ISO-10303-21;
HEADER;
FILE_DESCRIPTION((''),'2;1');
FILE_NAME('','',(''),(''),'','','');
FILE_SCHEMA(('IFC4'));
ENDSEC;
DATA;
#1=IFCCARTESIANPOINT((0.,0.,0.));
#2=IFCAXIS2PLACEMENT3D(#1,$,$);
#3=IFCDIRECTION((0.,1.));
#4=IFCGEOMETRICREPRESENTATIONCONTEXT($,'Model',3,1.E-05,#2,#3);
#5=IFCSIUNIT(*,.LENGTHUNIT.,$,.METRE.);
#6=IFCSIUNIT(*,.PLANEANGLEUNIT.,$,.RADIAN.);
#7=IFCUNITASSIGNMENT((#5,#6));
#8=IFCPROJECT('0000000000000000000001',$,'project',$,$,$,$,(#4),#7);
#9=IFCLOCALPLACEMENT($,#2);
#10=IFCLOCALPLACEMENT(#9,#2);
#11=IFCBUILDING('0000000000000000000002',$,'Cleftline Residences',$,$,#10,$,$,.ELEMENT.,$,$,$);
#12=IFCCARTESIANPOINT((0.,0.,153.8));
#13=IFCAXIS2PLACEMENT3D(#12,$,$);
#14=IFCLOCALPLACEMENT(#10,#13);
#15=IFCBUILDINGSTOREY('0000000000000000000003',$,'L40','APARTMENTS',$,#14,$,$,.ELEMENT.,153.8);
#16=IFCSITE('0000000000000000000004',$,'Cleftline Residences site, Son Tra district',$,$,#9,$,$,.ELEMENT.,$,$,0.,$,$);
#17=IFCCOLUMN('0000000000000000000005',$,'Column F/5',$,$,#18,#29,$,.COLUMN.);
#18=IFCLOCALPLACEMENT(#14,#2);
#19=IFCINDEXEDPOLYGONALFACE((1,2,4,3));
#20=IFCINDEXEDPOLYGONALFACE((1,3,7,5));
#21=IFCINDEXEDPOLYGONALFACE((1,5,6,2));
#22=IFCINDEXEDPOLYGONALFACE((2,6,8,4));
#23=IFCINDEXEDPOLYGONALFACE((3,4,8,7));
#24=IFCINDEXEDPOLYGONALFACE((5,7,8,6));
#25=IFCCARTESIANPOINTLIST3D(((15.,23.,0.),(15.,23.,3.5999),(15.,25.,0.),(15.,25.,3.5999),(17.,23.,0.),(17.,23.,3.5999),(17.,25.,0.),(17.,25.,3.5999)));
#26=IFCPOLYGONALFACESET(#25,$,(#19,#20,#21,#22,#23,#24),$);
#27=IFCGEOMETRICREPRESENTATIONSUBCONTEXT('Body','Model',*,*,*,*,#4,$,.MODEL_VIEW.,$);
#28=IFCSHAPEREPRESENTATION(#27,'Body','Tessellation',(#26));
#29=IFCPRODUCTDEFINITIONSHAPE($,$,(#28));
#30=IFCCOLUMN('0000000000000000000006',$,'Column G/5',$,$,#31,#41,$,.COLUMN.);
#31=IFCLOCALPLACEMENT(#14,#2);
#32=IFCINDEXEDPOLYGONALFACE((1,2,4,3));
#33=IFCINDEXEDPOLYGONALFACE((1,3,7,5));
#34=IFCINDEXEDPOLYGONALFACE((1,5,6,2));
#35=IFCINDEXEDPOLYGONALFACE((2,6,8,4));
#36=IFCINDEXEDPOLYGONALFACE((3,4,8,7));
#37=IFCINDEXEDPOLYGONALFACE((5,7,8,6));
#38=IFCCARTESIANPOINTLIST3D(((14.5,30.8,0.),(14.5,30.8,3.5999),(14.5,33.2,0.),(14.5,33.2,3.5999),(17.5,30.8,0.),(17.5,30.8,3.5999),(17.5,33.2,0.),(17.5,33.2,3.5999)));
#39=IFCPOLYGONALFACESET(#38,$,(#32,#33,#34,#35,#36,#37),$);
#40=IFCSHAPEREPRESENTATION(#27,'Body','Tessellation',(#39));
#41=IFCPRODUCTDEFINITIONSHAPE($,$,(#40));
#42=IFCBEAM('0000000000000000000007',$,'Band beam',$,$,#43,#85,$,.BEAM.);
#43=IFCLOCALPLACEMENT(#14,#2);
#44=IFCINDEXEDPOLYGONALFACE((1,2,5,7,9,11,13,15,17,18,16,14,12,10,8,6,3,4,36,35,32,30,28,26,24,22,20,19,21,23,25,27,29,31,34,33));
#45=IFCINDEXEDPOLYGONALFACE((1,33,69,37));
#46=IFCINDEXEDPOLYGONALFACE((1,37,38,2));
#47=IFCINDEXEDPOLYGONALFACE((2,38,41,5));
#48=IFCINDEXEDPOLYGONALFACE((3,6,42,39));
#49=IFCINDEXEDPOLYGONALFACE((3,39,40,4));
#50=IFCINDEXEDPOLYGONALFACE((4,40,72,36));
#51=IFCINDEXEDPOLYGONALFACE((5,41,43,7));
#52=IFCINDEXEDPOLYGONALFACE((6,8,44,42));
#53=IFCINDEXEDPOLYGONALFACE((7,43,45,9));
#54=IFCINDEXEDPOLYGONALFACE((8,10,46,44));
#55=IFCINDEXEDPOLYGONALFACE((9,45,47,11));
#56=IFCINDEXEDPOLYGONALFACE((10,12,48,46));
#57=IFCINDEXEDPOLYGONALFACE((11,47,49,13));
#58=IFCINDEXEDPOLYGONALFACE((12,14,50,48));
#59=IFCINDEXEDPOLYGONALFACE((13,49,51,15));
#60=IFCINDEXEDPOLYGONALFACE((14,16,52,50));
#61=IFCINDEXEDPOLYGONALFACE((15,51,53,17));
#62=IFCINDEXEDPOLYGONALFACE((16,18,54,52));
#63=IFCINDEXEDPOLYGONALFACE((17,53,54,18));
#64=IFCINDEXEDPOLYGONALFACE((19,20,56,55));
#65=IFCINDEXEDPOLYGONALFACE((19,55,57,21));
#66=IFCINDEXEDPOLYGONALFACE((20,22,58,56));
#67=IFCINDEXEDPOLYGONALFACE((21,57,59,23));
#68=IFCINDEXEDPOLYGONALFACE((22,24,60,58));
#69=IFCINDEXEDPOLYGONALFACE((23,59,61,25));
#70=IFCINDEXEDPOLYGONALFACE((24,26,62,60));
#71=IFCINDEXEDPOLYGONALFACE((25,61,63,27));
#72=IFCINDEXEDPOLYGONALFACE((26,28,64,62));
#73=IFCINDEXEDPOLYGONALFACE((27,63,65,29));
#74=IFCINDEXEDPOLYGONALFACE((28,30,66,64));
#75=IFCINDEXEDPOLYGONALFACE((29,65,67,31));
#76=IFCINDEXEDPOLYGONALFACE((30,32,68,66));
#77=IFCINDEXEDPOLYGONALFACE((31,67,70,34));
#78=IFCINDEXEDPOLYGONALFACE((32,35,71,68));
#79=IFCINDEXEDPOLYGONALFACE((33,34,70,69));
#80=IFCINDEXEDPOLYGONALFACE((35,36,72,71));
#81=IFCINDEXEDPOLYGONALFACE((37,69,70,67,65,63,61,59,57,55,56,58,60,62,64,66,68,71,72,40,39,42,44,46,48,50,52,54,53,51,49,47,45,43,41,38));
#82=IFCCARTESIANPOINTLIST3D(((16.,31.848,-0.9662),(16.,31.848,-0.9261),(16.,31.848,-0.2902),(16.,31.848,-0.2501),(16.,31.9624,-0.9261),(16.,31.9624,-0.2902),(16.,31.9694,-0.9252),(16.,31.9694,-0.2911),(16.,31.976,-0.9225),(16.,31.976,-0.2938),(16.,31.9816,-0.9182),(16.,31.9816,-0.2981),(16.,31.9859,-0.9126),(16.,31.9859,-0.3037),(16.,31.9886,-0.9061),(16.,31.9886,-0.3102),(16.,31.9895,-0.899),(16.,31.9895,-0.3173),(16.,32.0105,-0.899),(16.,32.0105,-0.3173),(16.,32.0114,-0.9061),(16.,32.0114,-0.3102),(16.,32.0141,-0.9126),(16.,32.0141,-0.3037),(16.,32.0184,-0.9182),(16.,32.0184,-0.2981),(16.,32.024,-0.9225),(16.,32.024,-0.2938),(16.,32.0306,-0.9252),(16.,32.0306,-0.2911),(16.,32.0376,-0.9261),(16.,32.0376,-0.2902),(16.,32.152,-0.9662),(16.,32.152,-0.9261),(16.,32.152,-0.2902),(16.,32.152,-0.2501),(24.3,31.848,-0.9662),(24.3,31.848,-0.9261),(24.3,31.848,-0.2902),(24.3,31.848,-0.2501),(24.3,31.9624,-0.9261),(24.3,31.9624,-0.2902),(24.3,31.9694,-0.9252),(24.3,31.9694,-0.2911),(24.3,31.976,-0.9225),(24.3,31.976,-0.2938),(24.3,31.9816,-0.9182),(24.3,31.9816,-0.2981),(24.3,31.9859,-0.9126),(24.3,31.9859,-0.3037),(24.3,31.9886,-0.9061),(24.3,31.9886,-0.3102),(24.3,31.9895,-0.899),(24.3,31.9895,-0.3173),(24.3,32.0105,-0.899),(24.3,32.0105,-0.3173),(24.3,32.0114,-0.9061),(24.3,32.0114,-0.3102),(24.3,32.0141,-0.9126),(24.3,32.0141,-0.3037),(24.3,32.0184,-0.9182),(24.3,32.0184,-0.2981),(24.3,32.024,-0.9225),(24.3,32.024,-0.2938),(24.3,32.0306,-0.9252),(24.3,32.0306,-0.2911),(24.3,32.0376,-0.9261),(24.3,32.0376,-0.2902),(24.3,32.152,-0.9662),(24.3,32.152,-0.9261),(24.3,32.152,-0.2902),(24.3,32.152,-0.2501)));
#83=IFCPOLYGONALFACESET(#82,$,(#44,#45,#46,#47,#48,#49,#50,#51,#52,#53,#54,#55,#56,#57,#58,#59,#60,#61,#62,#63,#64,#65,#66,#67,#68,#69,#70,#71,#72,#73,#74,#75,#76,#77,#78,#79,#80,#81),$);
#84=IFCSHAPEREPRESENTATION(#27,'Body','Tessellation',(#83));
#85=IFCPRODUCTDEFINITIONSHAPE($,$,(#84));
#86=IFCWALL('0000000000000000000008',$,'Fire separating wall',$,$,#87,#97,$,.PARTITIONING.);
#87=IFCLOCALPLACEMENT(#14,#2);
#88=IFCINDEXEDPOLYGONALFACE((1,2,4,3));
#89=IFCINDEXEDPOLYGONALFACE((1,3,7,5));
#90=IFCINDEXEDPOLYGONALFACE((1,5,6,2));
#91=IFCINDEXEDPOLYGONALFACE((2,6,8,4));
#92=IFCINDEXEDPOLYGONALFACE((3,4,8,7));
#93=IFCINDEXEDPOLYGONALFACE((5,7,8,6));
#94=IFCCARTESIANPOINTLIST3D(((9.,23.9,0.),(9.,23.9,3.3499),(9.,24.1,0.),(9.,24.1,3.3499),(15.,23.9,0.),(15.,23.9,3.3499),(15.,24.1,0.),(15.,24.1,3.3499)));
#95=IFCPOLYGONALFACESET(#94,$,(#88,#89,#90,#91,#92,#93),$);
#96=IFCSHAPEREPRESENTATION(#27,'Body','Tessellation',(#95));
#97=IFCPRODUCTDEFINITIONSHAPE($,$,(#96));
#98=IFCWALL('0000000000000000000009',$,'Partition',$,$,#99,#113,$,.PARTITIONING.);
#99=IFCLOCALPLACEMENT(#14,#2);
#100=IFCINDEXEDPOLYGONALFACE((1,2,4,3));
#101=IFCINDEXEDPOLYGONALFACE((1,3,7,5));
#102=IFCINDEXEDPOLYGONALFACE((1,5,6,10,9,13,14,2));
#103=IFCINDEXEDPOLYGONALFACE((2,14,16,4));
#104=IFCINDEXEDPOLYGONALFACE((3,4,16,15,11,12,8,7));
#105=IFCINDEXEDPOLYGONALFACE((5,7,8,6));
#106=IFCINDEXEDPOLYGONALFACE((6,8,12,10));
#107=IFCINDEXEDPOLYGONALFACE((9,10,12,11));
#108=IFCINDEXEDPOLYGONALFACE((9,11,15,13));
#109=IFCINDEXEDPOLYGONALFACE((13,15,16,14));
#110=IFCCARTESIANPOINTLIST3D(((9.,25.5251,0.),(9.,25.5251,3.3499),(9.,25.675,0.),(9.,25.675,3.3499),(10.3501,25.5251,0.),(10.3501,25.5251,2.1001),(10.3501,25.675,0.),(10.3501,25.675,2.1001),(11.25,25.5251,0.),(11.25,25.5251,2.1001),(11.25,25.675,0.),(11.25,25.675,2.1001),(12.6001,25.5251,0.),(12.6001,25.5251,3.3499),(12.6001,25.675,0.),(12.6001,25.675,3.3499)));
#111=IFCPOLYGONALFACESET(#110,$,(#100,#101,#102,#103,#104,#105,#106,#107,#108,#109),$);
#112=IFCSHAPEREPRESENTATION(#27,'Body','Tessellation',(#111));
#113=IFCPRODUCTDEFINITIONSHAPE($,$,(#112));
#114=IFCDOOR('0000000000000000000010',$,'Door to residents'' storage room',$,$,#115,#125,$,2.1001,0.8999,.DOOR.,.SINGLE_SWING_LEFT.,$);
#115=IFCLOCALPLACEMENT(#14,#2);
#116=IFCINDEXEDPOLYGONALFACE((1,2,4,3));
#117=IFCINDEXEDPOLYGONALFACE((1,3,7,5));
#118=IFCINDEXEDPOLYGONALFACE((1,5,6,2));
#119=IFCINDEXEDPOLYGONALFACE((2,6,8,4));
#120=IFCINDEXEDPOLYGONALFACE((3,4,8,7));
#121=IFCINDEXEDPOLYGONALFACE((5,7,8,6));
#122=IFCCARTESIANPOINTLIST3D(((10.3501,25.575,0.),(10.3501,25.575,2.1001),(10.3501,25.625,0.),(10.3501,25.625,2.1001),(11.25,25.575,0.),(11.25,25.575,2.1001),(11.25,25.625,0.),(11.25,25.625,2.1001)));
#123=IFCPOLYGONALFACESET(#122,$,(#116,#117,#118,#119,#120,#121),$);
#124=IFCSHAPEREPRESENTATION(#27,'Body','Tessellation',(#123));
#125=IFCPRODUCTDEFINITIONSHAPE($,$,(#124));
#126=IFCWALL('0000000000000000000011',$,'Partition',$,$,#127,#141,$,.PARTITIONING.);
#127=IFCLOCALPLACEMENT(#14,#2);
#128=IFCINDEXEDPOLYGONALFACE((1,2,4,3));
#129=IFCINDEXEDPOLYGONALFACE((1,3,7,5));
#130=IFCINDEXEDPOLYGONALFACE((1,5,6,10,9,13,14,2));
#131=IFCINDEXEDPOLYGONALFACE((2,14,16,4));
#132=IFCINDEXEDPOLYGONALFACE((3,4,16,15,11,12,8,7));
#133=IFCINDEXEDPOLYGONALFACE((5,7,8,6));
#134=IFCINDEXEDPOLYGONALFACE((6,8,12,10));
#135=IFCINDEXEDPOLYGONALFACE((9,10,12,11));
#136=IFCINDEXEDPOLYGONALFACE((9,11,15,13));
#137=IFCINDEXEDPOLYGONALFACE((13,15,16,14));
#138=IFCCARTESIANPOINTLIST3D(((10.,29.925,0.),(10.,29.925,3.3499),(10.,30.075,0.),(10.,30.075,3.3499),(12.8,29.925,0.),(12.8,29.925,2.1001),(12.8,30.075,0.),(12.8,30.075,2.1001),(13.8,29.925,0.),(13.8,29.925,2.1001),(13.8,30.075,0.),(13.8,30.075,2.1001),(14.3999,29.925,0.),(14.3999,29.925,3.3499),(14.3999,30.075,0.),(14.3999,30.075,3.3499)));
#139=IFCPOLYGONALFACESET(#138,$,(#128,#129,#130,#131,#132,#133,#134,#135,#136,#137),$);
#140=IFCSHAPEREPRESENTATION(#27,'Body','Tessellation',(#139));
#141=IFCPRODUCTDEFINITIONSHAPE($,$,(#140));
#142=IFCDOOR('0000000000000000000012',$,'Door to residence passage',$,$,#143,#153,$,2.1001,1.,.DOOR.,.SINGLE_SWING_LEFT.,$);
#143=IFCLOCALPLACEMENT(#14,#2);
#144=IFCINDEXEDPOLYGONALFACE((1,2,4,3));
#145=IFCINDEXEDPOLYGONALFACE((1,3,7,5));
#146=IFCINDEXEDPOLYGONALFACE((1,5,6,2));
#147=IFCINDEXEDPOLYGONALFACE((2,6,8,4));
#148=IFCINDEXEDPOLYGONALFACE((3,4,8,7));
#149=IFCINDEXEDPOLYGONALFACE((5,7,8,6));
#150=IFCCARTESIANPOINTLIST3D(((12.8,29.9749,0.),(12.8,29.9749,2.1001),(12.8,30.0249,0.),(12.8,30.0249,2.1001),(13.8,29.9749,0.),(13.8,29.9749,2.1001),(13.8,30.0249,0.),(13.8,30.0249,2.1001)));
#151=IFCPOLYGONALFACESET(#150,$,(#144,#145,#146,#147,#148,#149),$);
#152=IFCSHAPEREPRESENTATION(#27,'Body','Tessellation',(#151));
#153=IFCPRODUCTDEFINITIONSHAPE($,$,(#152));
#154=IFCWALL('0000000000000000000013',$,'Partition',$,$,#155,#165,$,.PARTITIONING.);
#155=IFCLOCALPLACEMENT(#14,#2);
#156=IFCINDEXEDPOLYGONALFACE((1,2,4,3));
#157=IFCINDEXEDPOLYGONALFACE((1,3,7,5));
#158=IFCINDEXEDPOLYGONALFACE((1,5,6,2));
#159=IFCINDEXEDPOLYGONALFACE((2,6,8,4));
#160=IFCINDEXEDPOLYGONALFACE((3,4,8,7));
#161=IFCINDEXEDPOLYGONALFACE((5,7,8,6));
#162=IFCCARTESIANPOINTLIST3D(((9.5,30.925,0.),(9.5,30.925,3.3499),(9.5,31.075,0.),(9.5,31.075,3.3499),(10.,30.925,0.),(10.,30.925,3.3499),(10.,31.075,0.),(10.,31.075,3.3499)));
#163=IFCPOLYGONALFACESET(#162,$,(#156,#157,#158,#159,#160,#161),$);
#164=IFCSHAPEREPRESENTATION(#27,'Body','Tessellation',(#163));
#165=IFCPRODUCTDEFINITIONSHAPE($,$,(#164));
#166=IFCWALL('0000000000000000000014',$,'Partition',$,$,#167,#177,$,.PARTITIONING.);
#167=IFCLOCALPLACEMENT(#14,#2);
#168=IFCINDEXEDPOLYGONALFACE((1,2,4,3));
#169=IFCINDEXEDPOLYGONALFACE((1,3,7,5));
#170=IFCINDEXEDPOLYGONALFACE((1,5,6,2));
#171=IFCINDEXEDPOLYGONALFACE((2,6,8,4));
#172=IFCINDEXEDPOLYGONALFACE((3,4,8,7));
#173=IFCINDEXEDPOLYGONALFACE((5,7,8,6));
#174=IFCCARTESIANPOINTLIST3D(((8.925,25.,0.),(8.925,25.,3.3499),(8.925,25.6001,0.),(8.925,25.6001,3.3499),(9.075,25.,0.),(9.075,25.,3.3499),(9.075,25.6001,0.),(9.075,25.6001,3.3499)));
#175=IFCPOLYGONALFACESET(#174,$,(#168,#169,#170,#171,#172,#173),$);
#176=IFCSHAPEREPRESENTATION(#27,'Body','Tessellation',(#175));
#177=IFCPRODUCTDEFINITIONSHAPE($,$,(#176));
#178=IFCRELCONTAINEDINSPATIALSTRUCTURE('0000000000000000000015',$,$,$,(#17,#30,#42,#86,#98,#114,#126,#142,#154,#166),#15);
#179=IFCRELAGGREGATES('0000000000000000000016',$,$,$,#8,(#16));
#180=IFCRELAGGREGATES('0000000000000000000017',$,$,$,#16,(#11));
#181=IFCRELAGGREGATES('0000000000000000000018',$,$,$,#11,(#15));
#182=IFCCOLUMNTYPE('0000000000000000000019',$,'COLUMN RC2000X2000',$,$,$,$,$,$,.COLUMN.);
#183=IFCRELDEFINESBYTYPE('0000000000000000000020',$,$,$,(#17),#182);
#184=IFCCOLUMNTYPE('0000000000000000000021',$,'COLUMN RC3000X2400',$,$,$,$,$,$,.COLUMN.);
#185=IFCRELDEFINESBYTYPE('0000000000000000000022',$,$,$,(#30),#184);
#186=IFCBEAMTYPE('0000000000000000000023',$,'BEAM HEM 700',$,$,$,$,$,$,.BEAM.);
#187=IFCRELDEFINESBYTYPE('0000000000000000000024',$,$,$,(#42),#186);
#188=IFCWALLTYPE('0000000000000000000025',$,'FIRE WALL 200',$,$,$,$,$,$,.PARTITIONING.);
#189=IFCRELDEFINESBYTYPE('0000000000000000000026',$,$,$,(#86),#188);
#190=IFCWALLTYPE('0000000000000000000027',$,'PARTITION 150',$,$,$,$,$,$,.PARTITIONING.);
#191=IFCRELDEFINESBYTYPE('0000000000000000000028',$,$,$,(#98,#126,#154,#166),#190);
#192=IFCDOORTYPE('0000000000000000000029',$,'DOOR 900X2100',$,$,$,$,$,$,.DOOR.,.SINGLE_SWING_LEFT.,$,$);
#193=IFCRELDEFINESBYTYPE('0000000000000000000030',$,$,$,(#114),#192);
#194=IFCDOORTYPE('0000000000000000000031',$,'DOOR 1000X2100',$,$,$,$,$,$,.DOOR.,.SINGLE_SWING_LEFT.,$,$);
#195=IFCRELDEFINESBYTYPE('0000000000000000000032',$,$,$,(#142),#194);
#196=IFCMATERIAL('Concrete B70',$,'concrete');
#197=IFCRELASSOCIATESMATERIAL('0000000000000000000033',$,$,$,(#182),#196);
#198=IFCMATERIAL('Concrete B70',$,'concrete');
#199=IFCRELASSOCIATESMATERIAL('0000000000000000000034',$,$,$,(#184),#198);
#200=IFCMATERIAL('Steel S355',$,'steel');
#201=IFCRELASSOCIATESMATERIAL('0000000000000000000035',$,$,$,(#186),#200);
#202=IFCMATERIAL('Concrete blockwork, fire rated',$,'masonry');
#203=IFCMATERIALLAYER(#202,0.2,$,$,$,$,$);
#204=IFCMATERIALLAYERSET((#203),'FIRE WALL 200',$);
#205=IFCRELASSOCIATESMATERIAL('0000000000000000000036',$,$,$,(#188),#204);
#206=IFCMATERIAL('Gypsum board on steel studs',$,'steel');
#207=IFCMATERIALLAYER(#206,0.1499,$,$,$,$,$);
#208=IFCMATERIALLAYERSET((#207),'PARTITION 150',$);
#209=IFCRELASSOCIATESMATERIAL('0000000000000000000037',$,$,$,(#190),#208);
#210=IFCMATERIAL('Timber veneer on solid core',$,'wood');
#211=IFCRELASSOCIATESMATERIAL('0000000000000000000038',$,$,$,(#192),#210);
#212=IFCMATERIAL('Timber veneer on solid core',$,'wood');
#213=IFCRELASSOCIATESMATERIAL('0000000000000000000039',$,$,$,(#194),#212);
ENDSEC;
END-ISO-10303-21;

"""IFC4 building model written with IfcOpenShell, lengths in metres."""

from ifc_helpers import new_model, si_unit, direction, frame, frame_2d, origin, origin_2d, place, context, subcontext, project, spatial, rectangle, i_section, extrude, material, layer, layer_set, material_profile, profile_set, type_object, element, fill, save


model = new_model("IFC4")

# Units and contexts
model_context = context("Model", 3, precision=1e-05, world=origin(), true_north=direction((0.0, 1.0)))
body_context = subcontext(model_context, "Body", "Model", "MODEL_VIEW")
ifc_project = project(units=[si_unit("LENGTHUNIT", "METRE"), si_unit("PLANEANGLEUNIT", "RADIAN")], contexts=[model_context])

# Site, building, storey
site_placement = place(None, origin())
site = spatial("IfcSite", under=ifc_project, at=site_placement, Name="Cleftline Residences site, Son Tra district", CompositionType="ELEMENT", RefElevation=0.0)
building_placement = place(site_placement, origin())
building = spatial("IfcBuilding", under=site, at=building_placement, Name="Cleftline Residences", CompositionType="ELEMENT")
storey_placement = place(building_placement, frame((0.0, 0.0, 153.8)))
storey = spatial("IfcBuildingStorey", under=building, at=storey_placement, Name="L40", Description="APARTMENTS", CompositionType="ELEMENT", Elevation=153.8)

# Columns
ifc_material_1 = material(Name="Concrete B70", Category="concrete")
ifc_material_profile_1 = material_profile(ifc_material_1, rectangle(XDim=2.0, YDim=2.0, at=origin_2d()))
ifc_profile_set_1 = profile_set([ifc_material_profile_1], Name="Concrete B70")
column_type_1 = type_object("IfcColumnType", Name="COLUMN RC2000X2000", PredefinedType="COLUMN", material=ifc_profile_set_1)
column_1_placement = place(storey_placement, frame((16.0, 24.0, 0.0), z_axis=(0.0, 0.0, 1.0), x_axis=(1.0, 0.0, 0.0)))
element("IfcColumn", 1, at=column_1_placement, inside=storey, type_object=column_type_1, Name="Column F/5", PredefinedType="COLUMN", context=body_context, shape_type="SweptSolid", body=[
    extrude(rectangle(XDim=2.0, YDim=2.0, at=origin_2d()), origin(), (0.0, 0.0, 1.0), 3.5999),
])
ifc_material_2 = material(Name="Concrete B70", Category="concrete")
ifc_material_profile_2 = material_profile(ifc_material_2, rectangle(XDim=3.0, YDim=2.3999, at=origin_2d()))
ifc_profile_set_2 = profile_set([ifc_material_profile_2], Name="Concrete B70")
column_type_2 = type_object("IfcColumnType", Name="COLUMN RC3000X2400", PredefinedType="COLUMN", material=ifc_profile_set_2)
column_2_placement = place(storey_placement, frame((16.0, 32.0, 0.0), z_axis=(0.0, 0.0, 1.0), x_axis=(1.0, 0.0, 0.0)))
element("IfcColumn", 2, at=column_2_placement, inside=storey, type_object=column_type_2, Name="Column G/5", PredefinedType="COLUMN", context=body_context, shape_type="SweptSolid", body=[
    extrude(rectangle(XDim=3.0, YDim=2.3999, at=origin_2d()), origin(), (0.0, 0.0, 1.0), 3.5999),
])

# Beam
ifc_material_3 = material(Name="Steel S355", Category="steel")
ifc_material_profile_3 = material_profile(ifc_material_3, i_section(OverallWidth=0.304, OverallDepth=0.7161, WebThickness=0.021, FlangeThickness=0.04, FilletRadius=0.0271, at=origin_2d()))
ifc_profile_set_3 = profile_set([ifc_material_profile_3], Name="Steel S355")
beam_type = type_object("IfcBeamType", Name="BEAM HEM 700", PredefinedType="BEAM", material=ifc_profile_set_3)
beam_placement = place(storey_placement, frame((16.0, 32.0, -0.6082), z_axis=(1.0, 0.0, 0.0), x_axis=(0.0, 1.0, 0.0)))
element("IfcBeam", 3, at=beam_placement, inside=storey, type_object=beam_type, Name="Band beam", PredefinedType="BEAM", context=body_context, shape_type="SweptSolid", body=[
    extrude(i_section(OverallWidth=0.304, OverallDepth=0.7161, WebThickness=0.021, FlangeThickness=0.04, FilletRadius=0.0271, at=origin_2d()), origin(), (0.0, 0.0, 1.0), 8.3),
])

# Wall
ifc_material_4 = material(Name="Concrete blockwork, fire rated", Category="masonry")
ifc_layer_1 = layer(ifc_material_4, 0.2)
ifc_layer_set_1 = layer_set([ifc_layer_1], Name="FIRE WALL 200")
wall_type_1 = type_object("IfcWallType", Name="FIRE WALL 200", PredefinedType="PARTITIONING", material=ifc_layer_set_1)
wall_1_placement = place(storey_placement, frame((9.0, 24.0, 0.0), z_axis=(0.0, 0.0, 1.0), x_axis=(1.0, 0.0, 0.0)))
element("IfcWall", 4, at=wall_1_placement, inside=storey, type_object=wall_type_1, Name="Fire separating wall", PredefinedType="PARTITIONING", context=body_context, shape_type="SweptSolid", body=[
    extrude(rectangle(XDim=6.0, YDim=0.2, at=frame_2d((3.0, 0.0))), origin(), (0.0, 0.0, 1.0), 3.3499),
])

# Walls, openings, doors
ifc_material_5 = material(Name="Gypsum board on steel studs", Category="steel")
ifc_layer_2 = layer(ifc_material_5, 0.1499)
ifc_layer_set_2 = layer_set([ifc_layer_2], Name="PARTITION 150")
wall_type_2 = type_object("IfcWallType", Name="PARTITION 150", PredefinedType="PARTITIONING", material=ifc_layer_set_2)
wall_2_placement = place(storey_placement, frame((9.0, 25.6001, 0.0), z_axis=(0.0, 0.0, 1.0), x_axis=(1.0, 0.0, 0.0)))
wall_2 = element("IfcWall", 5, at=wall_2_placement, inside=storey, type_object=wall_type_2, Name="Partition", PredefinedType="PARTITIONING", context=body_context, shape_type="SweptSolid", body=[
    extrude(rectangle(XDim=3.6001, YDim=0.1499, at=frame_2d((1.8, 0.0))), origin(), (0.0, 0.0, 1.0), 3.3499),
])
opening_1_placement = place(wall_2_placement, frame((1.3501, 0.0, 0.0)))
opening_1 = element("IfcOpeningElement", 6, at=opening_1_placement, cuts=wall_2, PredefinedType="OPENING", context=body_context, shape_type="SweptSolid", body=[
    extrude(rectangle(XDim=0.8999, YDim=2.1001, at=frame_2d((0.45, 1.05))), frame((0.0, 0.085, 0.0), z_axis=(0.0, -1.0, 0.0), x_axis=(1.0, 0.0, 0.0)), (0.0, 0.0, 1.0), 0.1699),
])
ifc_material_6 = material(Name="Timber veneer on solid core", Category="wood")
door_type_1 = type_object("IfcDoorType", Name="DOOR 900X2100", OperationType="SINGLE_SWING_LEFT", PredefinedType="DOOR", material=ifc_material_6)
door_1_placement = place(opening_1_placement, origin())
door_1 = element("IfcDoor", 7, at=door_1_placement, inside=storey, type_object=door_type_1, Name="Door to residents' storage room", OperationType="SINGLE_SWING_LEFT", OverallHeight=2.1001, OverallWidth=0.8999, PredefinedType="DOOR", context=body_context, shape_type="SweptSolid", body=[
    extrude(rectangle(XDim=0.8999, YDim=2.1001, at=frame_2d((0.45, 1.05))), frame((0.0, 0.0249, 0.0), z_axis=(0.0, -1.0, 0.0), x_axis=(1.0, 0.0, 0.0)), (0.0, 0.0, 1.0), 0.05),
])
fill(opening_1, door_1)
wall_3_placement = place(storey_placement, frame((10.0, 30.0, 0.0), z_axis=(0.0, 0.0, 1.0), x_axis=(1.0, 0.0, 0.0)))
wall_3 = element("IfcWall", 8, at=wall_3_placement, inside=storey, type_object=wall_type_2, Name="Partition", PredefinedType="PARTITIONING", context=body_context, shape_type="SweptSolid", body=[
    extrude(rectangle(XDim=4.3999, YDim=0.1499, at=frame_2d((2.2, 0.0))), origin(), (0.0, 0.0, 1.0), 3.3499),
])
opening_2_placement = place(wall_3_placement, frame((2.8, 0.0, 0.0)))
opening_2 = element("IfcOpeningElement", 9, at=opening_2_placement, cuts=wall_3, PredefinedType="OPENING", context=body_context, shape_type="SweptSolid", body=[
    extrude(rectangle(XDim=1.0, YDim=2.1001, at=frame_2d((0.5, 1.05))), frame((0.0, 0.085, 0.0), z_axis=(0.0, -1.0, 0.0), x_axis=(1.0, 0.0, 0.0)), (0.0, 0.0, 1.0), 0.1699),
])
ifc_material_7 = material(Name="Timber veneer on solid core", Category="wood")
door_type_2 = type_object("IfcDoorType", Name="DOOR 1000X2100", OperationType="SINGLE_SWING_LEFT", PredefinedType="DOOR", material=ifc_material_7)
door_2_placement = place(opening_2_placement, origin())
door_2 = element("IfcDoor", 10, at=door_2_placement, inside=storey, type_object=door_type_2, Name="Door to residence passage", OperationType="SINGLE_SWING_LEFT", OverallHeight=2.1001, OverallWidth=1.0, PredefinedType="DOOR", context=body_context, shape_type="SweptSolid", body=[
    extrude(rectangle(XDim=1.0, YDim=2.1001, at=frame_2d((0.5, 1.05))), frame((0.0, 0.0249, 0.0), z_axis=(0.0, -1.0, 0.0), x_axis=(1.0, 0.0, 0.0)), (0.0, 0.0, 1.0), 0.05),
])
fill(opening_2, door_2)

# Walls
wall_4_placement = place(storey_placement, frame((9.5, 31.0, 0.0), z_axis=(0.0, 0.0, 1.0), x_axis=(1.0, 0.0, 0.0)))
element("IfcWall", 11, at=wall_4_placement, inside=storey, type_object=wall_type_2, Name="Partition", PredefinedType="PARTITIONING", context=body_context, shape_type="SweptSolid", body=[
    extrude(rectangle(XDim=0.5, YDim=0.1499, at=frame_2d((0.25, 0.0))), origin(), (0.0, 0.0, 1.0), 3.3499),
])
wall_5_placement = place(storey_placement, frame((9.0, 25.0, 0.0), z_axis=(0.0, 0.0, 1.0), x_axis=(0.0, 1.0, 0.0)))
element("IfcWall", 12, at=wall_5_placement, inside=storey, type_object=wall_type_2, Name="Partition", PredefinedType="PARTITIONING", context=body_context, shape_type="SweptSolid", body=[
    extrude(rectangle(XDim=0.6001, YDim=0.1499, at=frame_2d((0.3, 0.0))), origin(), (0.0, 0.0, 1.0), 3.3499),
])

save(model, "model.ifc")
